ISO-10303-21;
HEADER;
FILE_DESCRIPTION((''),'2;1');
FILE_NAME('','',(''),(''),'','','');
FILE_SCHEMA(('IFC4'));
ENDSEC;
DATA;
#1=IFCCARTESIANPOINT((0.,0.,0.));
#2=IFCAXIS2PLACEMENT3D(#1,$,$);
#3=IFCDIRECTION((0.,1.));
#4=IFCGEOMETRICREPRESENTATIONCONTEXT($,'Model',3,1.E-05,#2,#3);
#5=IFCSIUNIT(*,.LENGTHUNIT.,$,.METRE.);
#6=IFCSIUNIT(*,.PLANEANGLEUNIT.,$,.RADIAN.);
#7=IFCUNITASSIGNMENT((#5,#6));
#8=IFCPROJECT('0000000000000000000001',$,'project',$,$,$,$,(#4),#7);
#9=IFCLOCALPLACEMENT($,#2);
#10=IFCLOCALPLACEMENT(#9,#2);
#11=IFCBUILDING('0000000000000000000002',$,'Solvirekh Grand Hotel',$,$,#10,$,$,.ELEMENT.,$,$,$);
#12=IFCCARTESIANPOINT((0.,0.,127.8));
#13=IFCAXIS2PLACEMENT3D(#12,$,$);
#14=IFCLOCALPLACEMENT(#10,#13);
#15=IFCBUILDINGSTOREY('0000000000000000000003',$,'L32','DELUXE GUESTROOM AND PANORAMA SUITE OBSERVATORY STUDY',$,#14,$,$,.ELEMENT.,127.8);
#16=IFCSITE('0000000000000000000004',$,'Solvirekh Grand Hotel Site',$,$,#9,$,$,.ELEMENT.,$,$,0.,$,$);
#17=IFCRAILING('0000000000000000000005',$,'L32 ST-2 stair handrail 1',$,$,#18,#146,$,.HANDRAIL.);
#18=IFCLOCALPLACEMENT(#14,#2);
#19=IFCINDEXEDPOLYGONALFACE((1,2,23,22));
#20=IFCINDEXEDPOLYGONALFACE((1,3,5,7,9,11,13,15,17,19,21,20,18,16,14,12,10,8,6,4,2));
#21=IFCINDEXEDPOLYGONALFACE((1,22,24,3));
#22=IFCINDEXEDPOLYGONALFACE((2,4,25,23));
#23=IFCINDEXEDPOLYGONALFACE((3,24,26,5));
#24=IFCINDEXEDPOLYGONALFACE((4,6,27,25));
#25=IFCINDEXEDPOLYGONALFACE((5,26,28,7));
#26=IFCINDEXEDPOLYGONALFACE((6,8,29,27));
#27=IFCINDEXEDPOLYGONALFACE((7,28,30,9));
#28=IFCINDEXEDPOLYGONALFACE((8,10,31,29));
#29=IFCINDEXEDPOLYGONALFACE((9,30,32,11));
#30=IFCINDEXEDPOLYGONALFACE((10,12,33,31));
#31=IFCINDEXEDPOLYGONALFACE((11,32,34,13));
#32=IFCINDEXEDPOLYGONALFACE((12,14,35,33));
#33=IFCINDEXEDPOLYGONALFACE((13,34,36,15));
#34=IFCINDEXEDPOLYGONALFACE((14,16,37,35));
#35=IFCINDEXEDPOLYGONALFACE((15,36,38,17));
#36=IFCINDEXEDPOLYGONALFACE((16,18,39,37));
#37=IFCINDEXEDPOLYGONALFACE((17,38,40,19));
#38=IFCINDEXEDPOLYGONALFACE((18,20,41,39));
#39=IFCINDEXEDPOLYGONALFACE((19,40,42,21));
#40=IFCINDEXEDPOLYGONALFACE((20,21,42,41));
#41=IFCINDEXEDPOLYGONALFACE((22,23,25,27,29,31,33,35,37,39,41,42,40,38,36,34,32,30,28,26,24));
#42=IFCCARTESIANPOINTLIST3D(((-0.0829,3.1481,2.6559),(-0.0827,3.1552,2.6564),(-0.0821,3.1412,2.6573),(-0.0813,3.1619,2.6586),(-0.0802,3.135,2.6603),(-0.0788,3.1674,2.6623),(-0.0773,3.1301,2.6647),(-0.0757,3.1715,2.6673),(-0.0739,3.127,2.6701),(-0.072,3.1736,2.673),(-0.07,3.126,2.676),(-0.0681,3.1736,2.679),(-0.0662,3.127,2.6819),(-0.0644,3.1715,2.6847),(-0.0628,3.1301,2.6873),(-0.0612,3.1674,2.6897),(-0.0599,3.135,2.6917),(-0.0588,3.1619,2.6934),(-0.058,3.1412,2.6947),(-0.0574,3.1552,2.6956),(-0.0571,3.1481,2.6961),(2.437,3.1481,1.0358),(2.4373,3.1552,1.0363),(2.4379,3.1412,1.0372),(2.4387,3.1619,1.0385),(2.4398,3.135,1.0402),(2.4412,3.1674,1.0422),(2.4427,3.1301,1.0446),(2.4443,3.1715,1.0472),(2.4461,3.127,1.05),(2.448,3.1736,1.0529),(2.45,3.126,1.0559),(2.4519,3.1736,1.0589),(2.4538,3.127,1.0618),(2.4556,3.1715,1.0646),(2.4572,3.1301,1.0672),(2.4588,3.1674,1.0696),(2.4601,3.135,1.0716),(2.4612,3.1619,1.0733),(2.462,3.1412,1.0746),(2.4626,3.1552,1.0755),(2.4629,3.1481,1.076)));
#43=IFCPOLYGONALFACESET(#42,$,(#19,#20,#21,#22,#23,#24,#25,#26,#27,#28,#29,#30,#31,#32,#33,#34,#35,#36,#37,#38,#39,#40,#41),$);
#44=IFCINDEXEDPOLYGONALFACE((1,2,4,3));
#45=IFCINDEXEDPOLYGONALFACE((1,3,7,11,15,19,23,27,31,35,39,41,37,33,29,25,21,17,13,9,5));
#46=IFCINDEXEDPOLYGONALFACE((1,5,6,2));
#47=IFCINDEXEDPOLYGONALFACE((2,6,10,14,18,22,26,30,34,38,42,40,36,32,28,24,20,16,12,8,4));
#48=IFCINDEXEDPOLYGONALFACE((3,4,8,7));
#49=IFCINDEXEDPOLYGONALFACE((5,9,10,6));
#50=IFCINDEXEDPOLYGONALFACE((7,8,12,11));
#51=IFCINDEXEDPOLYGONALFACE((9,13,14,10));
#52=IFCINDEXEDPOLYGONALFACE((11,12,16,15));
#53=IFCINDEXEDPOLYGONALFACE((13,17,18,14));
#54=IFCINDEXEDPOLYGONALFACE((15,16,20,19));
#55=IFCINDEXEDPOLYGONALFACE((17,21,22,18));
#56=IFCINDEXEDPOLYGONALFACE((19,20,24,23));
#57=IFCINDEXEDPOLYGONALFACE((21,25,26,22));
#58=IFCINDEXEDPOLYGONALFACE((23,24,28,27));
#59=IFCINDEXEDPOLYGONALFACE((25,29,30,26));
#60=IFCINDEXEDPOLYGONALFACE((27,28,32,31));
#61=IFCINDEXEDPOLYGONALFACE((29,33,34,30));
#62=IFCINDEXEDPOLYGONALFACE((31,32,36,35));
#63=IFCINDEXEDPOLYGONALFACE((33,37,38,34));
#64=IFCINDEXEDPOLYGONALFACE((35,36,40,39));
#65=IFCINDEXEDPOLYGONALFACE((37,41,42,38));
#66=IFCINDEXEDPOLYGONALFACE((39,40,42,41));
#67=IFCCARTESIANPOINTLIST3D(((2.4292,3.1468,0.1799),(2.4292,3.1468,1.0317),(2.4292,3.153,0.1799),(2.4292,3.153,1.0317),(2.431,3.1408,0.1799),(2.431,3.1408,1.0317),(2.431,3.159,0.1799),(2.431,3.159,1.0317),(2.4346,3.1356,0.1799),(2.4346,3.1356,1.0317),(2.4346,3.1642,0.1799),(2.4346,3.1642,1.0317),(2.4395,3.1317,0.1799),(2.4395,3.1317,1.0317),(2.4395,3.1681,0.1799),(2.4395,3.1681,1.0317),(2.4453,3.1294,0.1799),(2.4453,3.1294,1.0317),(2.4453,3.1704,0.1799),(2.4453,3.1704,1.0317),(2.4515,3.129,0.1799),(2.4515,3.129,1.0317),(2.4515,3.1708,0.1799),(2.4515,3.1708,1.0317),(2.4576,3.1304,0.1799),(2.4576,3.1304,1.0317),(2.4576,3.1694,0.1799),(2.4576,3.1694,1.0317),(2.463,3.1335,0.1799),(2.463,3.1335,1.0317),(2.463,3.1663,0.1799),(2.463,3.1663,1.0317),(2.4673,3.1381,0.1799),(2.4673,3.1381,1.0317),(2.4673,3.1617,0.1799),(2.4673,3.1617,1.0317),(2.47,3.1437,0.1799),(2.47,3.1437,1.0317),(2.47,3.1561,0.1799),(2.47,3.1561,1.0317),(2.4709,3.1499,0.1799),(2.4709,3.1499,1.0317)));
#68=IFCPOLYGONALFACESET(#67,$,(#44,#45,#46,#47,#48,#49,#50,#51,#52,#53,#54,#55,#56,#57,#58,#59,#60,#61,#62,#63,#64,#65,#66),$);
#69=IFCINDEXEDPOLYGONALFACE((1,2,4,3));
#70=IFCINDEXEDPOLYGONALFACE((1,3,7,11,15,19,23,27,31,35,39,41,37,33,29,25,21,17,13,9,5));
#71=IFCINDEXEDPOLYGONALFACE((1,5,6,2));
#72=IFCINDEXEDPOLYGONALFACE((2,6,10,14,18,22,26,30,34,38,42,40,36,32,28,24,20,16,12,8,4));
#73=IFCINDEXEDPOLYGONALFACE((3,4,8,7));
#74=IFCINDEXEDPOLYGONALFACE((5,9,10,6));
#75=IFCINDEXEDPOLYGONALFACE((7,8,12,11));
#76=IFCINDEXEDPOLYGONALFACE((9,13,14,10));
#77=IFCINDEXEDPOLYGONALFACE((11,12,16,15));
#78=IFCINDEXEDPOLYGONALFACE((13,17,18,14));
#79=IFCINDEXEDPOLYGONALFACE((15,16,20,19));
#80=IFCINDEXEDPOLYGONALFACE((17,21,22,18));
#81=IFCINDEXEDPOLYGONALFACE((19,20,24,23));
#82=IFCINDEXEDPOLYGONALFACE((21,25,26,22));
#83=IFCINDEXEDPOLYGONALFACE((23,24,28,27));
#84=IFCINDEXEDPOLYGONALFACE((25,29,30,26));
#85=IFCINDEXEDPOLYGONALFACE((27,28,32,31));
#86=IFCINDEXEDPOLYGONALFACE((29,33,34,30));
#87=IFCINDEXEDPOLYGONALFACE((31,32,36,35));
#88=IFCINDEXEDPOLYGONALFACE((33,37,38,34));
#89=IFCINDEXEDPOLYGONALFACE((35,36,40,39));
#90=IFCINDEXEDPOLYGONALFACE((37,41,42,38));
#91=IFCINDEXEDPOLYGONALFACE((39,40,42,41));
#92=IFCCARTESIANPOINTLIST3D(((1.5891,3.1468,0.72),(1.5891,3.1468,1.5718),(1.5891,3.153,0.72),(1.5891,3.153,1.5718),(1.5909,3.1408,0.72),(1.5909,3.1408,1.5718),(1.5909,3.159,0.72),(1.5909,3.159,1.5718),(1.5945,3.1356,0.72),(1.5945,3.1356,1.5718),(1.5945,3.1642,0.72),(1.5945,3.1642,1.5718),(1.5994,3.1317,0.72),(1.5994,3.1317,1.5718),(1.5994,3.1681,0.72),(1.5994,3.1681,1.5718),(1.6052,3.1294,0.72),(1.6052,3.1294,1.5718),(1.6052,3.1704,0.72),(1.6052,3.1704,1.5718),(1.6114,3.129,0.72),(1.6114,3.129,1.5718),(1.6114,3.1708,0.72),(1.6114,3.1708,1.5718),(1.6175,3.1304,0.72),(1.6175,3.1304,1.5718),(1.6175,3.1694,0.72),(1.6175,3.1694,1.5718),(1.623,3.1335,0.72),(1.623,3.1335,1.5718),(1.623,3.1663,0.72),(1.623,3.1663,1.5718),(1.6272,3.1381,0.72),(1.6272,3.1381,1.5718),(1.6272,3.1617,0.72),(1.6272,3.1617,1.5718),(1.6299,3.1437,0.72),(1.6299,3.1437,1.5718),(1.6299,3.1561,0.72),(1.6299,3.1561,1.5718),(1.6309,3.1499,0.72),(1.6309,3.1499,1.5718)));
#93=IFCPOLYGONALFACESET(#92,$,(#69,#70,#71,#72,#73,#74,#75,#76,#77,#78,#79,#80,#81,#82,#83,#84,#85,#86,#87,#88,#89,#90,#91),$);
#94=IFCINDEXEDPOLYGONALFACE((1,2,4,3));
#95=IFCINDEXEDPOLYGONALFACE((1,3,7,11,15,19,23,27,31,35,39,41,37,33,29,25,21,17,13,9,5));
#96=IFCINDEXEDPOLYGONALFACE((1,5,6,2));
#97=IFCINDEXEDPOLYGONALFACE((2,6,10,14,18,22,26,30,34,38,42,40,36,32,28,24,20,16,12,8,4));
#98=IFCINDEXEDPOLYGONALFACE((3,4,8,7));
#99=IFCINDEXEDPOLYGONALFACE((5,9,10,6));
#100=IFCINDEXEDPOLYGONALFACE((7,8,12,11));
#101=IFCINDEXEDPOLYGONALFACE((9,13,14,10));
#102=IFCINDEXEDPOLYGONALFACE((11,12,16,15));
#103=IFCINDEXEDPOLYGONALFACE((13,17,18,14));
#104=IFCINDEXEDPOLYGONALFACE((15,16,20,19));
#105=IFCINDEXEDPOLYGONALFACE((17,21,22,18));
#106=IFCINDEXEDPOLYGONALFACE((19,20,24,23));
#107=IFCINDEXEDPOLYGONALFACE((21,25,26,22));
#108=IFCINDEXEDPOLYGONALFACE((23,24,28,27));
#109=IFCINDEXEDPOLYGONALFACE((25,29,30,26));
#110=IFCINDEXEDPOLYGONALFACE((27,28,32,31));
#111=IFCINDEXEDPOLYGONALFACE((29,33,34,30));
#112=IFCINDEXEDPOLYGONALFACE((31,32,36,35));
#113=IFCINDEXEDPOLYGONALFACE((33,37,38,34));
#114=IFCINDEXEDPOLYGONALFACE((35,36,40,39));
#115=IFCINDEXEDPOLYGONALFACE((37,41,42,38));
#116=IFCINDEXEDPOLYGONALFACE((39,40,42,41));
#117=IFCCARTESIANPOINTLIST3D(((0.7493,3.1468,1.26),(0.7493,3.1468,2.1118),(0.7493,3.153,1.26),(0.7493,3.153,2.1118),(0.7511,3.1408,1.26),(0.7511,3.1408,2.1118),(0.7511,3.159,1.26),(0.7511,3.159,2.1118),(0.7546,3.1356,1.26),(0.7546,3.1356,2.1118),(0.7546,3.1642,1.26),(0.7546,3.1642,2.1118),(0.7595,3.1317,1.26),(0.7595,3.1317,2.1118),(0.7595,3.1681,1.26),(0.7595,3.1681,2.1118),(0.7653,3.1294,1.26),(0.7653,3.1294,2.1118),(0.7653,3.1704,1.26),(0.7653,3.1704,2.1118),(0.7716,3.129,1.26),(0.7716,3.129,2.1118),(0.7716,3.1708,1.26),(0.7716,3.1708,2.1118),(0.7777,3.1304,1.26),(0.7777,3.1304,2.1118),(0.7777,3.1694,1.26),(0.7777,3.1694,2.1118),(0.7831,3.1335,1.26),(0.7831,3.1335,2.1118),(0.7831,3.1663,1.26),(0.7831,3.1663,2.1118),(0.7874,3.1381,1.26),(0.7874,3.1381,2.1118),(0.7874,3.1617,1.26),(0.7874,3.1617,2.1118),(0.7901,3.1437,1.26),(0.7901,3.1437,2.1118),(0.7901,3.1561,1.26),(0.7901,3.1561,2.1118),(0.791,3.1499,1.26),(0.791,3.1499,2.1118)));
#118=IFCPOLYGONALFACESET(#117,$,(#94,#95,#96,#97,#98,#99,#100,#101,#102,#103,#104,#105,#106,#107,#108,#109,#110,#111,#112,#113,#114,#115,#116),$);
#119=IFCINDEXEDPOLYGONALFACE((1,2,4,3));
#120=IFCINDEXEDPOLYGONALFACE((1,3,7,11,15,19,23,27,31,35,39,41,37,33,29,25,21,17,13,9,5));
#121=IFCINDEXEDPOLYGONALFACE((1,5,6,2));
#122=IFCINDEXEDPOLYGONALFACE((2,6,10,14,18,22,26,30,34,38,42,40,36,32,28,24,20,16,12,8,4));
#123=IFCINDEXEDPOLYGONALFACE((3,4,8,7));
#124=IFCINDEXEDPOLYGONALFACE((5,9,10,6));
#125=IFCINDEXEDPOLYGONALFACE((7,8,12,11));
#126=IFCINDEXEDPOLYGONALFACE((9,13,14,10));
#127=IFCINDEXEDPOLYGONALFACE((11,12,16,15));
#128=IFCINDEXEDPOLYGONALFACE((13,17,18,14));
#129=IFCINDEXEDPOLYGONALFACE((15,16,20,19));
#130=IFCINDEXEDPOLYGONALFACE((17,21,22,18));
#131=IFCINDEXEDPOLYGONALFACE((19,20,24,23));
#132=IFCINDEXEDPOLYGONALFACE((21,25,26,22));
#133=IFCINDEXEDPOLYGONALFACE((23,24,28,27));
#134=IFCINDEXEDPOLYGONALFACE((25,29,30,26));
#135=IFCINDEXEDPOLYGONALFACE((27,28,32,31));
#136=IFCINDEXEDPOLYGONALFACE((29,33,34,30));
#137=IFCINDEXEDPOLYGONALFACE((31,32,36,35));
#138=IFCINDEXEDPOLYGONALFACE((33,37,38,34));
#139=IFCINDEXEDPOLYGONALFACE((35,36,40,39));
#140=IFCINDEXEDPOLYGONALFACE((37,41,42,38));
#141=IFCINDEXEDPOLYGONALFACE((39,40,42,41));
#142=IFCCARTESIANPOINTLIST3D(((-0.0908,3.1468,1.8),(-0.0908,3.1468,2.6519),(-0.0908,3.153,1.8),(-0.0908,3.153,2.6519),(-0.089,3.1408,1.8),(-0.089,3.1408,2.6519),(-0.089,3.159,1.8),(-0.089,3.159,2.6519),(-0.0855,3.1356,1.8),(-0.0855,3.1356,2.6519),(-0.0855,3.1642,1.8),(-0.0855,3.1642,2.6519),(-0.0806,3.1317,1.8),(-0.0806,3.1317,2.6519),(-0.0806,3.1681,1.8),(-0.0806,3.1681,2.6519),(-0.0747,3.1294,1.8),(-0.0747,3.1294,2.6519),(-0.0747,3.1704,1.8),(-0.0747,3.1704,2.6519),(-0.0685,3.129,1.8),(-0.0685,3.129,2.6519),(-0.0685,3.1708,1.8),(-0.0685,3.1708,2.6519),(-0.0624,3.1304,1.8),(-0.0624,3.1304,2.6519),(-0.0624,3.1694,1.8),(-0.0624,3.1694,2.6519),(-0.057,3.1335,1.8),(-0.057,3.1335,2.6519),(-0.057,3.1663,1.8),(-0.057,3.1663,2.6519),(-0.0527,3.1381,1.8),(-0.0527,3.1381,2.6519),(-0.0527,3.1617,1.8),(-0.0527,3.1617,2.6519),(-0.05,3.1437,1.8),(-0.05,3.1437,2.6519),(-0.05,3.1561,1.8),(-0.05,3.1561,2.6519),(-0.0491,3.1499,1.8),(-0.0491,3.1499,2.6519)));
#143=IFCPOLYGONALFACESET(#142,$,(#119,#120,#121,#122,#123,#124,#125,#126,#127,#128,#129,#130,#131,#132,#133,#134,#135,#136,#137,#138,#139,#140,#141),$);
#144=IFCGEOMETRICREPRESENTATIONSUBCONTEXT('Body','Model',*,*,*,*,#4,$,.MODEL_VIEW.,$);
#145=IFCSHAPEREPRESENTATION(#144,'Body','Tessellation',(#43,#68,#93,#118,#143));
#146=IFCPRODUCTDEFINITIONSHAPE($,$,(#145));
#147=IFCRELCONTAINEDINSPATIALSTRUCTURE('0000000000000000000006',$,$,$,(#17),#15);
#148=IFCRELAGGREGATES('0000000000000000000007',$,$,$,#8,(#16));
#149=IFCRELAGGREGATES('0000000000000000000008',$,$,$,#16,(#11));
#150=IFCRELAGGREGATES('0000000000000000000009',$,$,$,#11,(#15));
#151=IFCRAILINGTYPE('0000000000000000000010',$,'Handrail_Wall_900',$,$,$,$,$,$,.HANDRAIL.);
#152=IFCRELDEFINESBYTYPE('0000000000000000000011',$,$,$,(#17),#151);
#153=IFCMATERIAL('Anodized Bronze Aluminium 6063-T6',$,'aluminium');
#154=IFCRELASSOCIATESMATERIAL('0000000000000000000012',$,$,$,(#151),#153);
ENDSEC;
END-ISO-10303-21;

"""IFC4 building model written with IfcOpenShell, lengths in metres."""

from ifc_helpers import new_model, si_unit, direction, frame, origin, origin_2d, place, context, subcontext, project, spatial, circle, extrude, material, type_object, element, save


model = new_model("IFC4")

# Units and contexts
model_context = context("Model", 3, precision=1e-05, world=origin(), true_north=direction((0.0, 1.0)))
body_context = subcontext(model_context, "Body", "Model", "MODEL_VIEW")
ifc_project = project(units=[si_unit("LENGTHUNIT", "METRE"), si_unit("PLANEANGLEUNIT", "RADIAN")], contexts=[model_context])

# Site, building, storey
site_placement = place(None, origin())
site = spatial("IfcSite", under=ifc_project, at=site_placement, Name="Solvirekh Grand Hotel Site", CompositionType="ELEMENT", RefElevation=0.0)
building_placement = place(site_placement, origin())
building = spatial("IfcBuilding", under=site, at=building_placement, Name="Solvirekh Grand Hotel", CompositionType="ELEMENT")
storey_placement = place(building_placement, frame((0.0, 0.0, 127.8)))
storey = spatial("IfcBuildingStorey", under=building, at=storey_placement, Name="L32", Description="DELUXE GUESTROOM AND PANORAMA SUITE OBSERVATORY STUDY", CompositionType="ELEMENT", Elevation=127.8)

# Shared definitions
ifc_material_1 = material(Name="Anodized Bronze Aluminium 6063-T6", Category="aluminium")

# Railing
railing_type_1 = type_object("IfcRailingType", Name="Handrail_Wall_900", PredefinedType="HANDRAIL", material=ifc_material_1)
railing_1_placement = place(storey_placement, frame((2.45, 3.1499, 0.1799)))
element("IfcRailing", 1, at=railing_1_placement, inside=storey, type_object=railing_type_1, Name="L32 ST-2 stair handrail 1", PredefinedType="HANDRAIL", context=body_context, shape_type="SweptSolid", body=[
    extrude(circle(Radius=0.0239, at=origin_2d()), frame((0.0, 0.0, 0.876), z_axis=(-0.841163, 0.0, 0.540782), x_axis=(0.0, -1.0, 0.0)), (0.0, 0.0, 1.0), 2.9958),
    extrude(circle(Radius=0.021, at=origin_2d()), origin(), (0.0, 0.0, 1.0), 0.8518),
    extrude(circle(Radius=0.021, at=origin_2d()), frame((-0.8401, 0.0, 0.54)), (0.0, 0.0, 1.0), 0.8518),
    extrude(circle(Radius=0.021, at=origin_2d()), frame((-1.6799, 0.0, 1.0801)), (0.0, 0.0, 1.0), 0.8518),
    extrude(circle(Radius=0.021, at=origin_2d()), frame((-2.52, 0.0, 1.6201)), (0.0, 0.0, 1.0), 0.8518),
])

save(model, "model.ifc")
